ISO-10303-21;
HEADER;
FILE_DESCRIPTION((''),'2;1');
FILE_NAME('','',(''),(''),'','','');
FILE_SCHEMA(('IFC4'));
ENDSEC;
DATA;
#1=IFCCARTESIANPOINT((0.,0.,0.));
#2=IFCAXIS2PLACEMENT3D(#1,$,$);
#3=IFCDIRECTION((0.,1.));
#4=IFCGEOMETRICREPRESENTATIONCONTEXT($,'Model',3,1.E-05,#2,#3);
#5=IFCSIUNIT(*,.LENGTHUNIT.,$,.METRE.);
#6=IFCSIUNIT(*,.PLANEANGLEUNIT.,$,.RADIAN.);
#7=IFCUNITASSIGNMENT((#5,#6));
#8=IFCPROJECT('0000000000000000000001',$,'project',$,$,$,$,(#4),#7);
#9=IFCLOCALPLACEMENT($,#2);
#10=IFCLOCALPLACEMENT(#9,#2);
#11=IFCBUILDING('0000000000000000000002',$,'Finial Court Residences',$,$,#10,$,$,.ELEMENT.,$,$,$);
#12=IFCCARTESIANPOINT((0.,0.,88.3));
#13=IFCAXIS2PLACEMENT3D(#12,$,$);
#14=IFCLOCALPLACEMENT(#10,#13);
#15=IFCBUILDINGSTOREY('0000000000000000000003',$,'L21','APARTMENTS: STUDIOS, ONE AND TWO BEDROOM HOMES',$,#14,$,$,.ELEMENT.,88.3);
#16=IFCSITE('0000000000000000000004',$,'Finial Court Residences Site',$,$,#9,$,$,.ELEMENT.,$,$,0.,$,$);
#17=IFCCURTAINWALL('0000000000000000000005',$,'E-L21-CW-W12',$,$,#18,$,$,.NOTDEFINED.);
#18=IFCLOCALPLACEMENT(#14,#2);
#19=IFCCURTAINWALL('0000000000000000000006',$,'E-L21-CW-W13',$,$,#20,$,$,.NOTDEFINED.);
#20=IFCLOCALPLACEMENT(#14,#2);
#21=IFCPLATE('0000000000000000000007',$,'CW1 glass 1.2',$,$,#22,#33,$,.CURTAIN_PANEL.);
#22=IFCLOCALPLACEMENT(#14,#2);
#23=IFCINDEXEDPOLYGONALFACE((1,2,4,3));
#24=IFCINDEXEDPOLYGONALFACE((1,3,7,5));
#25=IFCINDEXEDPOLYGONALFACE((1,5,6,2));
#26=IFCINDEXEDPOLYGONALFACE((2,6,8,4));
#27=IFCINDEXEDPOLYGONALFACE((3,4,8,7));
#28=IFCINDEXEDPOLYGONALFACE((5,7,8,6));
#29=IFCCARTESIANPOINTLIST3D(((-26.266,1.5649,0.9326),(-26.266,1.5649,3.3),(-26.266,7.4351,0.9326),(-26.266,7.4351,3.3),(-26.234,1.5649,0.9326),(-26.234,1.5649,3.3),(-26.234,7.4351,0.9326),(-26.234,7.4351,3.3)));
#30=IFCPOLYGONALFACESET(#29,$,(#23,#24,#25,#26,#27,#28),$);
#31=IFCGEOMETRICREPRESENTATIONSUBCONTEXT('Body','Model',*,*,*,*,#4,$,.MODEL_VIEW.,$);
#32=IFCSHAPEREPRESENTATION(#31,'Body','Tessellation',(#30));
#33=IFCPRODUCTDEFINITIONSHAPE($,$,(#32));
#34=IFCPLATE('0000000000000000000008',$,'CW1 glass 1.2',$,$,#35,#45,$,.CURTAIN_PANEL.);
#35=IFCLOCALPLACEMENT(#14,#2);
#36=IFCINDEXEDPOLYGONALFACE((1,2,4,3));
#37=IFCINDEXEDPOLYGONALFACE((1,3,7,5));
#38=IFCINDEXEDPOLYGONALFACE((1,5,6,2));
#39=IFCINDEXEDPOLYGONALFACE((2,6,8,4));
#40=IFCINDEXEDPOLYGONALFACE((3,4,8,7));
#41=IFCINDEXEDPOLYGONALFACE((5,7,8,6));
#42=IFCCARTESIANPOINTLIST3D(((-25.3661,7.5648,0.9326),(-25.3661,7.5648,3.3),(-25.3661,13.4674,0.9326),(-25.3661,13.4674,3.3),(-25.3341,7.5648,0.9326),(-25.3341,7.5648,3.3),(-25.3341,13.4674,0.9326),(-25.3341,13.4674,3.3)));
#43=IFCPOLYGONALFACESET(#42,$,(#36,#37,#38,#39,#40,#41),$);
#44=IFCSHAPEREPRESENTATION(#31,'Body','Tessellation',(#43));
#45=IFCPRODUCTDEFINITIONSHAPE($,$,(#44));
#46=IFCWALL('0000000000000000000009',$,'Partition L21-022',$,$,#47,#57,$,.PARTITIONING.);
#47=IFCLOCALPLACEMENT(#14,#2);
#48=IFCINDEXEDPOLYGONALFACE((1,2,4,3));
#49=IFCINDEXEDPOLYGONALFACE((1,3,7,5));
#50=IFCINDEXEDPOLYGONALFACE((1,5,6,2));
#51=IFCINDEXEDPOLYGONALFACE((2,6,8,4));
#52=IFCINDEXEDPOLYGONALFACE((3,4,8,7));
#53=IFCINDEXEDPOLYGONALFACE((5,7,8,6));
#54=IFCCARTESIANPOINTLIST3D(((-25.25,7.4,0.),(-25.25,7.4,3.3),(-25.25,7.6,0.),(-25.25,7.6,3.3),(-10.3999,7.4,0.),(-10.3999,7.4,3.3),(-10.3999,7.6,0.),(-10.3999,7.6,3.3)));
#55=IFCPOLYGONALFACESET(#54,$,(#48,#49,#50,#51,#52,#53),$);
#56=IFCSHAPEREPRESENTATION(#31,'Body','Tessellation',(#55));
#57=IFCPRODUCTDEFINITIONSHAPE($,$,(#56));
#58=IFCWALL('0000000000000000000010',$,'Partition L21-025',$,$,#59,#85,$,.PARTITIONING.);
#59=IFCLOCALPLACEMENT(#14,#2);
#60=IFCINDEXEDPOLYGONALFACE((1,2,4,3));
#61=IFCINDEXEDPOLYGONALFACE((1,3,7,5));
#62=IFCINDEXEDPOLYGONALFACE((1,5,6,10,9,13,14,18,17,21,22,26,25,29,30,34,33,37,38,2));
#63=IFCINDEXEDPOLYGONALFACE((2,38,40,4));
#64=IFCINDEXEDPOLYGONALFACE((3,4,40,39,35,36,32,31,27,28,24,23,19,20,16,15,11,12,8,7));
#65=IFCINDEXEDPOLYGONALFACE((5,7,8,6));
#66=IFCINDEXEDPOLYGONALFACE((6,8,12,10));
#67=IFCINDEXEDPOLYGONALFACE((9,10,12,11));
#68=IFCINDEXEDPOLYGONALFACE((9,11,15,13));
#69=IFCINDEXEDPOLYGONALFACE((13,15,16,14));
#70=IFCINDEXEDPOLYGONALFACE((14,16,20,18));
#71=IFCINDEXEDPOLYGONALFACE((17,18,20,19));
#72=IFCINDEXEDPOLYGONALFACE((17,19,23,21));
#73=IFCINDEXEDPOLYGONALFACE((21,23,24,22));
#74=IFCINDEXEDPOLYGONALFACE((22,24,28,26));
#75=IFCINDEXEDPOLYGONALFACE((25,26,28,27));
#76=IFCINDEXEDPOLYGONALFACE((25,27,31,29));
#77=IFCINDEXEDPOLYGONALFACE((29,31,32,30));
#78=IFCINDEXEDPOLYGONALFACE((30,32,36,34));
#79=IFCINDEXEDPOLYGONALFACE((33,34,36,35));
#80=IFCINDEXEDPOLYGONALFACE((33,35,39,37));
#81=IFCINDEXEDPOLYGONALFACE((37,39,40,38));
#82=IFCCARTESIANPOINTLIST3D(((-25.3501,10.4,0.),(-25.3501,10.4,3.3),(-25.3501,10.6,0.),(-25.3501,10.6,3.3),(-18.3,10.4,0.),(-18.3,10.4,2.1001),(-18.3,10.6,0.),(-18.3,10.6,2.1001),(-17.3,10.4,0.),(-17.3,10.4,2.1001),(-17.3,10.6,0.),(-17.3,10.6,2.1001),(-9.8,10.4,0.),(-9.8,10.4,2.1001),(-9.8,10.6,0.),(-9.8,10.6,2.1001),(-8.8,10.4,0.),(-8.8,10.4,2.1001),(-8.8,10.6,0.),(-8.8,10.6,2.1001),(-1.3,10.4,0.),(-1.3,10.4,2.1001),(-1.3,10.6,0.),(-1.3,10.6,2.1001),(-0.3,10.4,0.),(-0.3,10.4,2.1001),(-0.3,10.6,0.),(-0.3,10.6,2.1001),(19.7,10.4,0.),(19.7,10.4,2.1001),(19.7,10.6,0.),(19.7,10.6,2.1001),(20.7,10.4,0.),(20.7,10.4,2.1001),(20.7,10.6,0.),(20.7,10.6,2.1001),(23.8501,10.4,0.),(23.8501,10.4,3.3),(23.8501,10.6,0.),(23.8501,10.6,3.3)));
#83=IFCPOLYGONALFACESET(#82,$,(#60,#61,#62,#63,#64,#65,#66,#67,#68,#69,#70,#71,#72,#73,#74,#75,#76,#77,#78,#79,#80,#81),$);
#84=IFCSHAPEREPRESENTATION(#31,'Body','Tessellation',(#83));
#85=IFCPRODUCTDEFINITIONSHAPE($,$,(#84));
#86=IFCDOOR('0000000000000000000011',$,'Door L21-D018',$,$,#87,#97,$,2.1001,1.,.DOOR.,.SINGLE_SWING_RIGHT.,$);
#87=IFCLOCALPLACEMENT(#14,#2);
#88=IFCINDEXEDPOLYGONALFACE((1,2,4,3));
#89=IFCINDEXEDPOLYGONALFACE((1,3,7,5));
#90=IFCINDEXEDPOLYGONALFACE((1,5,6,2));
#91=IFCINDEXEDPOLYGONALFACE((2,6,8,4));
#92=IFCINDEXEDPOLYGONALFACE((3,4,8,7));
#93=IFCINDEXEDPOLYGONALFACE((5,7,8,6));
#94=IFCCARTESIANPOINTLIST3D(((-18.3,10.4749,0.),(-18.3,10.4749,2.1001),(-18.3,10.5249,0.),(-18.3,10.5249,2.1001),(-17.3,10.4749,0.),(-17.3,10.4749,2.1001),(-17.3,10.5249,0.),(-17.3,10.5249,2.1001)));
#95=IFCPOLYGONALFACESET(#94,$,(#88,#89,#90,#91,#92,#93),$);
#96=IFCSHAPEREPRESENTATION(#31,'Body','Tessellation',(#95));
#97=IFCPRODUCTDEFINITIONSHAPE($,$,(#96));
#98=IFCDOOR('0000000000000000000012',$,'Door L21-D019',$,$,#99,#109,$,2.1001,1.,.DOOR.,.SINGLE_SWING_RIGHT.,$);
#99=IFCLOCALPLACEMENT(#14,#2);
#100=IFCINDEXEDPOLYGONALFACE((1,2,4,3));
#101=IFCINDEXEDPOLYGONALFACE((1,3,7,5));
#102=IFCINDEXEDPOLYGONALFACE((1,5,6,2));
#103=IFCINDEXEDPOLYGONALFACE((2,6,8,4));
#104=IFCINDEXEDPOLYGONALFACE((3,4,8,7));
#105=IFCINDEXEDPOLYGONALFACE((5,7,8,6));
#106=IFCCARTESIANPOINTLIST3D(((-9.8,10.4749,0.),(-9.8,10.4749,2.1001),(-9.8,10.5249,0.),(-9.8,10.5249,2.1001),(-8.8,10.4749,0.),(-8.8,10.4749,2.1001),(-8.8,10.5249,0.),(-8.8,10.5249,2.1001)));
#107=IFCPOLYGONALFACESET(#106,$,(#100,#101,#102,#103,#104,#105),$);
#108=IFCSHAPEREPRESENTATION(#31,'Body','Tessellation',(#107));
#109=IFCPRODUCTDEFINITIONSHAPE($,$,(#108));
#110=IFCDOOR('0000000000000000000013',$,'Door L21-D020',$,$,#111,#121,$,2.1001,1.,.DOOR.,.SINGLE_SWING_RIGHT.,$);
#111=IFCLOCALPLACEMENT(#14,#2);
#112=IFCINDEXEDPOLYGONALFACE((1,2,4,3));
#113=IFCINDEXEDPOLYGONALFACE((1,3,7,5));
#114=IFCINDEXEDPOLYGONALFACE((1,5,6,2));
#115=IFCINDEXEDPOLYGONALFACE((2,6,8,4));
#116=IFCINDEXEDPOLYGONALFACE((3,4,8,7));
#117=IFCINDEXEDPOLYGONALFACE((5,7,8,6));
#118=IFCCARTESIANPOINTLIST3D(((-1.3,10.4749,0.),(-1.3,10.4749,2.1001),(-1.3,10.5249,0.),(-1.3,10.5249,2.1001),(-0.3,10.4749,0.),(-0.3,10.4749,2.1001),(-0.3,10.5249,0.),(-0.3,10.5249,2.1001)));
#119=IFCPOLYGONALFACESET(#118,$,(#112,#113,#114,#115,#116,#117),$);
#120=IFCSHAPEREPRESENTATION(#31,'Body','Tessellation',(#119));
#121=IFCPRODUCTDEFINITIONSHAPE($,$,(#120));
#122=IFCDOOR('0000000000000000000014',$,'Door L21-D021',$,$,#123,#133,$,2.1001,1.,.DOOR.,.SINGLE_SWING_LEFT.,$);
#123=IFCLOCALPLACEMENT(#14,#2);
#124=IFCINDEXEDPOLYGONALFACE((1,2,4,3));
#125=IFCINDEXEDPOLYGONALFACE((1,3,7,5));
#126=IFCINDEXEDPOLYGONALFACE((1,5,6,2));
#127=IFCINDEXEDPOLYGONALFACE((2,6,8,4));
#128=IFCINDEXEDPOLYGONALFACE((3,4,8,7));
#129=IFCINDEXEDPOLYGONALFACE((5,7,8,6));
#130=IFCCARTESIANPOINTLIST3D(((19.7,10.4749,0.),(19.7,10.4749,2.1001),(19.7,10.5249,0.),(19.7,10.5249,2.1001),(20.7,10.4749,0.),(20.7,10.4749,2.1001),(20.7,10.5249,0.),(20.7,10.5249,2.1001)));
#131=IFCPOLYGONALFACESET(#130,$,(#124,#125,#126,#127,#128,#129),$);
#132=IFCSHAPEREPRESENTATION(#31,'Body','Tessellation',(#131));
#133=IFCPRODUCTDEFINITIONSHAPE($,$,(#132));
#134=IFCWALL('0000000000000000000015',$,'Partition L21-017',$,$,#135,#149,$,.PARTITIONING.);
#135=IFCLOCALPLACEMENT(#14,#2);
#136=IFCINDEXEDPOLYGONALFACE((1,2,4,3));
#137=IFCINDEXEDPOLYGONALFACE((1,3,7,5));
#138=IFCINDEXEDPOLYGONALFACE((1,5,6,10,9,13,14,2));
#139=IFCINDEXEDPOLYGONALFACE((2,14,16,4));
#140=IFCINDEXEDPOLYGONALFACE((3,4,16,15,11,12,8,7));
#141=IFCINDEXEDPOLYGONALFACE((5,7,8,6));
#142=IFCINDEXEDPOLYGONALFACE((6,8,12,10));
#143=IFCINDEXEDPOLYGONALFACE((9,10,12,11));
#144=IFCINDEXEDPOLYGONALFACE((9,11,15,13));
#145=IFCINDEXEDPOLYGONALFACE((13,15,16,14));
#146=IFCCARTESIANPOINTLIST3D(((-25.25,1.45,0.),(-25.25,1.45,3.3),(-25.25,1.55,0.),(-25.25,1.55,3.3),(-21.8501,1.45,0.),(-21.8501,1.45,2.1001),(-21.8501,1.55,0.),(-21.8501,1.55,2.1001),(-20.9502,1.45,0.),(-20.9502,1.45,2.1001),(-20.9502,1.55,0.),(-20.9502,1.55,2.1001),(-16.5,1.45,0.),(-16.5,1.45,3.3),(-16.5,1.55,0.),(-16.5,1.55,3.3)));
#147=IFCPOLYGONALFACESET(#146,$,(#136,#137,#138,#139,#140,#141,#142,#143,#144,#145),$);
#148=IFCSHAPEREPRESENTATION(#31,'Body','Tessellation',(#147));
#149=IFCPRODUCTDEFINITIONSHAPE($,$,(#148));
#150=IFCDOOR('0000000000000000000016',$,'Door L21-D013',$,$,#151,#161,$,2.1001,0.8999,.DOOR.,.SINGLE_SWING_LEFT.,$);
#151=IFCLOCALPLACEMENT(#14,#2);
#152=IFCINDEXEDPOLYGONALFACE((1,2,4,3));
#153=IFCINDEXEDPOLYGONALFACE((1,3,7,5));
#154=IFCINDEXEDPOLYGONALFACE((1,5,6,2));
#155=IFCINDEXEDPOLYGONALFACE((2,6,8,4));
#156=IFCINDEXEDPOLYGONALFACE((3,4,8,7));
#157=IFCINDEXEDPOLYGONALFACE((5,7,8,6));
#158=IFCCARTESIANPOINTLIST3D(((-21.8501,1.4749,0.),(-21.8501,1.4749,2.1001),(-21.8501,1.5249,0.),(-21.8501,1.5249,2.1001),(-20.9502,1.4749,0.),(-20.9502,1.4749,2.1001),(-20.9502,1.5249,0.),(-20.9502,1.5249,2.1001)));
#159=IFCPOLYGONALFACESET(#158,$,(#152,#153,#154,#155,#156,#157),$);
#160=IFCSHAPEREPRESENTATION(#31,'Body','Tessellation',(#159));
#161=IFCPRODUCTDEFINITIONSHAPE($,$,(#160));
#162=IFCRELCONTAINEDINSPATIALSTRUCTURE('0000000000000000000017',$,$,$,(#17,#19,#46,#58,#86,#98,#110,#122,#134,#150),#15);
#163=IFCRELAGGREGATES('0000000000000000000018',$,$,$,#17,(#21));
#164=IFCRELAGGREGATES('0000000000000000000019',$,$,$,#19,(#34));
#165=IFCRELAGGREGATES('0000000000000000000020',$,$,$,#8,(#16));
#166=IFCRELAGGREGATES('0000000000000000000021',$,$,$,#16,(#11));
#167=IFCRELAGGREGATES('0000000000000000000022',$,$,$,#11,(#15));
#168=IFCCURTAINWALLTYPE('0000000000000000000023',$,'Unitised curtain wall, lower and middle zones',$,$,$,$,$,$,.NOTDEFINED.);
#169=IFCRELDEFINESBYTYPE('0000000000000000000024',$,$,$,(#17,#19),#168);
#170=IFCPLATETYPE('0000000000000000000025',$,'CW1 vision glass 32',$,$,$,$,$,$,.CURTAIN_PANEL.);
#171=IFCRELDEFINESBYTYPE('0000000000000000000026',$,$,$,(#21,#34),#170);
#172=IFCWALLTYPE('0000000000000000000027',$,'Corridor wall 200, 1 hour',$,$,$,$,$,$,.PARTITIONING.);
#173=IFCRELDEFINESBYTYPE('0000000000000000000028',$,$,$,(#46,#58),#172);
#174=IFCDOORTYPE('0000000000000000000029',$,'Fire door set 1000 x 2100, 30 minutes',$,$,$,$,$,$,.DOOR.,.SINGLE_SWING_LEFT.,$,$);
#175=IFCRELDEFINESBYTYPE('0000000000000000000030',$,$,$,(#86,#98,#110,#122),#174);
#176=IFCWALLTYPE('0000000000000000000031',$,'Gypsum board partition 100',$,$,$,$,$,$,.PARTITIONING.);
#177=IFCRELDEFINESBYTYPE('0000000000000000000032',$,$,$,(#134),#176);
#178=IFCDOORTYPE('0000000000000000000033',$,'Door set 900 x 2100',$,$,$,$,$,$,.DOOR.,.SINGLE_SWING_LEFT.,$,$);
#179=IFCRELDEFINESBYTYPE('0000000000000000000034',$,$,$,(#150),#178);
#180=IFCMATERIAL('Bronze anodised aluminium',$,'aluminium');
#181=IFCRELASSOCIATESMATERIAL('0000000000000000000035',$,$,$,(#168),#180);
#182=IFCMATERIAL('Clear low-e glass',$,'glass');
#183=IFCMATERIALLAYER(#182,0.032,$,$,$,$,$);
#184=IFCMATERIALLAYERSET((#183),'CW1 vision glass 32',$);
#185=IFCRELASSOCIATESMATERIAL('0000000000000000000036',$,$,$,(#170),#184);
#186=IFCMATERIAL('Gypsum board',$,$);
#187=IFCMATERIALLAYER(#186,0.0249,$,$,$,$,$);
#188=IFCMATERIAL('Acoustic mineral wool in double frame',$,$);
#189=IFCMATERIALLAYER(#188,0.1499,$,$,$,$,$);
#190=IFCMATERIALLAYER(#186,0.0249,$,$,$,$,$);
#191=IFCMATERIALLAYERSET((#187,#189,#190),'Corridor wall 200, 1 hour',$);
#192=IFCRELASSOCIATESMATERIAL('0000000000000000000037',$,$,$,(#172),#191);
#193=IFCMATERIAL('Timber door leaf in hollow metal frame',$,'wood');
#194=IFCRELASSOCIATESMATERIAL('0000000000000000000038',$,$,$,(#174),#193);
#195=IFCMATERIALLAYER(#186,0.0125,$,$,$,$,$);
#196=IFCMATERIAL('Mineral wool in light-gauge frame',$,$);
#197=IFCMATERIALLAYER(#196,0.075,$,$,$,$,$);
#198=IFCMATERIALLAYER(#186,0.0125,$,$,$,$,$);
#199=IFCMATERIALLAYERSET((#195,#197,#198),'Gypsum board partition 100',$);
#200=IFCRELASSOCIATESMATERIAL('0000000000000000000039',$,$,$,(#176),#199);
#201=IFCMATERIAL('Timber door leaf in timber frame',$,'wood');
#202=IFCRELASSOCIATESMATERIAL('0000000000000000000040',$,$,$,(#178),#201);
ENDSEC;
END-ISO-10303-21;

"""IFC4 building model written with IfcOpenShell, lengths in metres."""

from ifc_helpers import new_model, si_unit, direction, frame, frame_2d, origin, origin_2d, place, context, subcontext, project, spatial, rectangle, extrude, material, layer, layer_set, type_object, element, fill, aggregate, save


model = new_model("IFC4")

# Units and contexts
model_context = context("Model", 3, precision=1e-05, world=origin(), true_north=direction((0.0, 1.0)))
body_context = subcontext(model_context, "Body", "Model", "MODEL_VIEW")
ifc_project = project(units=[si_unit("LENGTHUNIT", "METRE"), si_unit("PLANEANGLEUNIT", "RADIAN")], contexts=[model_context])

# Site, building, storey
site_placement = place(None, origin())
site = spatial("IfcSite", under=ifc_project, at=site_placement, Name="Finial Court Residences Site", CompositionType="ELEMENT", RefElevation=0.0)
building_placement = place(site_placement, origin())
building = spatial("IfcBuilding", under=site, at=building_placement, Name="Finial Court Residences", CompositionType="ELEMENT")
storey_placement = place(building_placement, frame((0.0, 0.0, 88.3)))
storey = spatial("IfcBuildingStorey", under=building, at=storey_placement, Name="L21", Description="APARTMENTS: STUDIOS, ONE AND TWO BEDROOM HOMES", CompositionType="ELEMENT", Elevation=88.3)

# Shared definitions
ifc_material_1 = material(Name="Bronze anodised aluminium", Category="aluminium")
curtain_wall_type = type_object("IfcCurtainWallType", Name="Unitised curtain wall, lower and middle zones", PredefinedType="NOTDEFINED", material=ifc_material_1)

# Curtain wall
curtain_wall_1_placement = place(storey_placement, origin())
curtain_wall_1 = element("IfcCurtainWall", 1, at=curtain_wall_1_placement, inside=storey, type_object=curtain_wall_type, Name="E-L21-CW-W12", PredefinedType="NOTDEFINED")

# Curtain wall
curtain_wall_2_placement = place(storey_placement, origin())
curtain_wall_2 = element("IfcCurtainWall", 2, at=curtain_wall_2_placement, inside=storey, type_object=curtain_wall_type, Name="E-L21-CW-W13", PredefinedType="NOTDEFINED")

# Plates
ifc_material_2 = material(Name="Clear low-e glass", Category="glass")
ifc_layer_1 = layer(ifc_material_2, 0.032)
ifc_layer_set_1 = layer_set([ifc_layer_1], Name="CW1 vision glass 32")
plate_type_1 = type_object("IfcPlateType", Name="CW1 vision glass 32", PredefinedType="CURTAIN_PANEL", material=ifc_layer_set_1)
plate_1_placement = place(storey_placement, frame((-26.25, 4.5, 0.9326), z_axis=(0.0, 0.0, 1.0), x_axis=(0.0, 1.0, 0.0)))
plate_1 = element("IfcPlate", 3, at=plate_1_placement, type_object=plate_type_1, Name="CW1 glass 1.2", PredefinedType="CURTAIN_PANEL", context=body_context, shape_type="SweptSolid", body=[
    extrude(rectangle(XDim=5.8701, YDim=0.032, at=origin_2d()), origin(), (0.0, 0.0, 1.0), 2.3674),
])
aggregate(curtain_wall_1, [plate_1])
plate_2_placement = place(storey_placement, frame((-25.3501, 10.5161, 0.9326), z_axis=(0.0, 0.0, 1.0), x_axis=(0.0, 1.0, 0.0)))
plate_2 = element("IfcPlate", 4, at=plate_2_placement, type_object=plate_type_1, Name="CW1 glass 1.2", PredefinedType="CURTAIN_PANEL", context=body_context, shape_type="SweptSolid", body=[
    extrude(rectangle(XDim=5.9026, YDim=0.032, at=origin_2d()), origin(), (0.0, 0.0, 1.0), 2.3674),
])
aggregate(curtain_wall_2, [plate_2])

# Wall
ifc_material_3 = material(Name="Gypsum board")
ifc_layer_2 = layer(ifc_material_3, 0.0249)
ifc_material_4 = material(Name="Acoustic mineral wool in double frame")
ifc_layer_3 = layer(ifc_material_4, 0.1499)
ifc_layer_4 = layer(ifc_material_3, 0.0249)
ifc_layer_set_2 = layer_set([ifc_layer_2, ifc_layer_3, ifc_layer_4], Name="Corridor wall 200, 1 hour")
wall_type_1 = type_object("IfcWallType", Name="Corridor wall 200, 1 hour", PredefinedType="PARTITIONING", material=ifc_layer_set_2)
wall_1_placement = place(storey_placement, frame((-25.25, 7.5, 0.0), z_axis=(0.0, 0.0, 1.0), x_axis=(1.0, 0.0, 0.0)))
element("IfcWall", 5, at=wall_1_placement, inside=storey, type_object=wall_type_1, Name="Partition L21-022", PredefinedType="PARTITIONING", context=body_context, shape_type="SweptSolid", body=[
    extrude(rectangle(XDim=14.8501, YDim=0.2, at=frame_2d((7.425, 0.0))), origin(), (0.0, 0.0, 1.0), 3.3),
])

# Wall, openings, doors
wall_2_placement = place(storey_placement, frame((-25.3501, 10.5, 0.0), z_axis=(0.0, 0.0, 1.0), x_axis=(1.0, 0.0, 0.0)))
wall_2 = element("IfcWall", 6, at=wall_2_placement, inside=storey, type_object=wall_type_1, Name="Partition L21-025", PredefinedType="PARTITIONING", context=body_context, shape_type="SweptSolid", body=[
    extrude(rectangle(XDim=49.2002, YDim=0.2, at=frame_2d((24.6001, 0.0))), origin(), (0.0, 0.0, 1.0), 3.3),
])
opening_1_placement = place(wall_2_placement, frame((7.05, 0.0, 0.0)))
opening_1 = element("IfcOpeningElement", 7, at=opening_1_placement, cuts=wall_2, PredefinedType="OPENING", context=body_context, shape_type="SweptSolid", body=[
    extrude(rectangle(XDim=1.0, YDim=2.1001, at=frame_2d((0.5, 1.05))), frame((0.0, 0.1099, 0.0), z_axis=(0.0, -1.0, 0.0), x_axis=(1.0, 0.0, 0.0)), (0.0, 0.0, 1.0), 0.22),
])
opening_2_placement = place(wall_2_placement, frame((15.55, 0.0, 0.0)))
opening_2 = element("IfcOpeningElement", 8, at=opening_2_placement, cuts=wall_2, PredefinedType="OPENING", context=body_context, shape_type="SweptSolid", body=[
    extrude(rectangle(XDim=1.0, YDim=2.1001, at=frame_2d((0.5, 1.05))), frame((0.0, 0.1099, 0.0), z_axis=(0.0, -1.0, 0.0), x_axis=(1.0, 0.0, 0.0)), (0.0, 0.0, 1.0), 0.22),
])
opening_3_placement = place(wall_2_placement, frame((24.05, 0.0, 0.0)))
opening_3 = element("IfcOpeningElement", 9, at=opening_3_placement, cuts=wall_2, PredefinedType="OPENING", context=body_context, shape_type="SweptSolid", body=[
    extrude(rectangle(XDim=1.0, YDim=2.1001, at=frame_2d((0.5, 1.05))), frame((0.0, 0.1099, 0.0), z_axis=(0.0, -1.0, 0.0), x_axis=(1.0, 0.0, 0.0)), (0.0, 0.0, 1.0), 0.22),
])
opening_4_placement = place(wall_2_placement, frame((45.05, 0.0, 0.0)))
opening_4 = element("IfcOpeningElement", 10, at=opening_4_placement, cuts=wall_2, PredefinedType="OPENING", context=body_context, shape_type="SweptSolid", body=[
    extrude(rectangle(XDim=1.0, YDim=2.1001, at=frame_2d((0.5, 1.05))), frame((0.0, 0.1099, 0.0), z_axis=(0.0, -1.0, 0.0), x_axis=(1.0, 0.0, 0.0)), (0.0, 0.0, 1.0), 0.22),
])
ifc_material_5 = material(Name="Timber door leaf in hollow metal frame", Category="wood")
door_type_1 = type_object("IfcDoorType", Name="Fire door set 1000 x 2100, 30 minutes", OperationType="SINGLE_SWING_LEFT", PredefinedType="DOOR", material=ifc_material_5)
door_1_placement = place(opening_1_placement, origin())
door_1 = element("IfcDoor", 11, at=door_1_placement, inside=storey, type_object=door_type_1, Name="Door L21-D018", OperationType="SINGLE_SWING_RIGHT", OverallHeight=2.1001, OverallWidth=1.0, PredefinedType="DOOR", context=body_context, shape_type="SweptSolid", body=[
    extrude(rectangle(XDim=1.0, YDim=2.1001, at=frame_2d((0.5, 1.05))), frame((0.0, 0.0249, 0.0), z_axis=(0.0, -1.0, 0.0), x_axis=(1.0, 0.0, 0.0)), (0.0, 0.0, 1.0), 0.05),
])
fill(opening_1, door_1)
door_2_placement = place(opening_2_placement, origin())
door_2 = element("IfcDoor", 12, at=door_2_placement, inside=storey, type_object=door_type_1, Name="Door L21-D019", OperationType="SINGLE_SWING_RIGHT", OverallHeight=2.1001, OverallWidth=1.0, PredefinedType="DOOR", context=body_context, shape_type="SweptSolid", body=[
    extrude(rectangle(XDim=1.0, YDim=2.1001, at=frame_2d((0.5, 1.05))), frame((0.0, 0.0249, 0.0), z_axis=(0.0, -1.0, 0.0), x_axis=(1.0, 0.0, 0.0)), (0.0, 0.0, 1.0), 0.05),
])
fill(opening_2, door_2)
door_3_placement = place(opening_3_placement, origin())
door_3 = element("IfcDoor", 13, at=door_3_placement, inside=storey, type_object=door_type_1, Name="Door L21-D020", OperationType="SINGLE_SWING_RIGHT", OverallHeight=2.1001, OverallWidth=1.0, PredefinedType="DOOR", context=body_context, shape_type="SweptSolid", body=[
    extrude(rectangle(XDim=1.0, YDim=2.1001, at=frame_2d((0.5, 1.05))), frame((0.0, 0.0249, 0.0), z_axis=(0.0, -1.0, 0.0), x_axis=(1.0, 0.0, 0.0)), (0.0, 0.0, 1.0), 0.05),
])
fill(opening_3, door_3)
door_4_placement = place(opening_4_placement, origin())
door_4 = element("IfcDoor", 14, at=door_4_placement, inside=storey, type_object=door_type_1, Name="Door L21-D021", OperationType="SINGLE_SWING_LEFT", OverallHeight=2.1001, OverallWidth=1.0, PredefinedType="DOOR", context=body_context, shape_type="SweptSolid", body=[
    extrude(rectangle(XDim=1.0, YDim=2.1001, at=frame_2d((0.5, 1.05))), frame((0.0, 0.0249, 0.0), z_axis=(0.0, -1.0, 0.0), x_axis=(1.0, 0.0, 0.0)), (0.0, 0.0, 1.0), 0.05),
])
fill(opening_4, door_4)

# Wall, opening, door
ifc_layer_5 = layer(ifc_material_3, 0.0125)
ifc_material_6 = material(Name="Mineral wool in light-gauge frame")
ifc_layer_6 = layer(ifc_material_6, 0.075)
ifc_layer_7 = layer(ifc_material_3, 0.0125)
ifc_layer_set_3 = layer_set([ifc_layer_5, ifc_layer_6, ifc_layer_7], Name="Gypsum board partition 100")
wall_type_2 = type_object("IfcWallType", Name="Gypsum board partition 100", PredefinedType="PARTITIONING", material=ifc_layer_set_3)
wall_3_placement = place(storey_placement, frame((-25.25, 1.5, 0.0), z_axis=(0.0, 0.0, 1.0), x_axis=(1.0, 0.0, 0.0)))
wall_3 = element("IfcWall", 15, at=wall_3_placement, inside=storey, type_object=wall_type_2, Name="Partition L21-017", PredefinedType="PARTITIONING", context=body_context, shape_type="SweptSolid", body=[
    extrude(rectangle(XDim=8.75, YDim=0.1001, at=frame_2d((4.375, 0.0))), origin(), (0.0, 0.0, 1.0), 3.3),
])
opening_5_placement = place(wall_3_placement, frame((3.3999, 0.0, 0.0)))
opening_5 = element("IfcOpeningElement", 16, at=opening_5_placement, cuts=wall_3, PredefinedType="OPENING", context=body_context, shape_type="SweptSolid", body=[
    extrude(rectangle(XDim=0.8999, YDim=2.1001, at=frame_2d((0.45, 1.05))), frame((0.0, 0.0601, 0.0), z_axis=(0.0, -1.0, 0.0), x_axis=(1.0, 0.0, 0.0)), (0.0, 0.0, 1.0), 0.1201),
])
ifc_material_7 = material(Name="Timber door leaf in timber frame", Category="wood")
door_type_2 = type_object("IfcDoorType", Name="Door set 900 x 2100", OperationType="SINGLE_SWING_LEFT", PredefinedType="DOOR", material=ifc_material_7)
door_5_placement = place(opening_5_placement, origin())
door_5 = element("IfcDoor", 17, at=door_5_placement, inside=storey, type_object=door_type_2, Name="Door L21-D013", OperationType="SINGLE_SWING_LEFT", OverallHeight=2.1001, OverallWidth=0.8999, PredefinedType="DOOR", context=body_context, shape_type="SweptSolid", body=[
    extrude(rectangle(XDim=0.8999, YDim=2.1001, at=frame_2d((0.45, 1.05))), frame((0.0, 0.0249, 0.0), z_axis=(0.0, -1.0, 0.0), x_axis=(1.0, 0.0, 0.0)), (0.0, 0.0, 1.0), 0.05),
])
fill(opening_5, door_5)

save(model, "model.ifc")
